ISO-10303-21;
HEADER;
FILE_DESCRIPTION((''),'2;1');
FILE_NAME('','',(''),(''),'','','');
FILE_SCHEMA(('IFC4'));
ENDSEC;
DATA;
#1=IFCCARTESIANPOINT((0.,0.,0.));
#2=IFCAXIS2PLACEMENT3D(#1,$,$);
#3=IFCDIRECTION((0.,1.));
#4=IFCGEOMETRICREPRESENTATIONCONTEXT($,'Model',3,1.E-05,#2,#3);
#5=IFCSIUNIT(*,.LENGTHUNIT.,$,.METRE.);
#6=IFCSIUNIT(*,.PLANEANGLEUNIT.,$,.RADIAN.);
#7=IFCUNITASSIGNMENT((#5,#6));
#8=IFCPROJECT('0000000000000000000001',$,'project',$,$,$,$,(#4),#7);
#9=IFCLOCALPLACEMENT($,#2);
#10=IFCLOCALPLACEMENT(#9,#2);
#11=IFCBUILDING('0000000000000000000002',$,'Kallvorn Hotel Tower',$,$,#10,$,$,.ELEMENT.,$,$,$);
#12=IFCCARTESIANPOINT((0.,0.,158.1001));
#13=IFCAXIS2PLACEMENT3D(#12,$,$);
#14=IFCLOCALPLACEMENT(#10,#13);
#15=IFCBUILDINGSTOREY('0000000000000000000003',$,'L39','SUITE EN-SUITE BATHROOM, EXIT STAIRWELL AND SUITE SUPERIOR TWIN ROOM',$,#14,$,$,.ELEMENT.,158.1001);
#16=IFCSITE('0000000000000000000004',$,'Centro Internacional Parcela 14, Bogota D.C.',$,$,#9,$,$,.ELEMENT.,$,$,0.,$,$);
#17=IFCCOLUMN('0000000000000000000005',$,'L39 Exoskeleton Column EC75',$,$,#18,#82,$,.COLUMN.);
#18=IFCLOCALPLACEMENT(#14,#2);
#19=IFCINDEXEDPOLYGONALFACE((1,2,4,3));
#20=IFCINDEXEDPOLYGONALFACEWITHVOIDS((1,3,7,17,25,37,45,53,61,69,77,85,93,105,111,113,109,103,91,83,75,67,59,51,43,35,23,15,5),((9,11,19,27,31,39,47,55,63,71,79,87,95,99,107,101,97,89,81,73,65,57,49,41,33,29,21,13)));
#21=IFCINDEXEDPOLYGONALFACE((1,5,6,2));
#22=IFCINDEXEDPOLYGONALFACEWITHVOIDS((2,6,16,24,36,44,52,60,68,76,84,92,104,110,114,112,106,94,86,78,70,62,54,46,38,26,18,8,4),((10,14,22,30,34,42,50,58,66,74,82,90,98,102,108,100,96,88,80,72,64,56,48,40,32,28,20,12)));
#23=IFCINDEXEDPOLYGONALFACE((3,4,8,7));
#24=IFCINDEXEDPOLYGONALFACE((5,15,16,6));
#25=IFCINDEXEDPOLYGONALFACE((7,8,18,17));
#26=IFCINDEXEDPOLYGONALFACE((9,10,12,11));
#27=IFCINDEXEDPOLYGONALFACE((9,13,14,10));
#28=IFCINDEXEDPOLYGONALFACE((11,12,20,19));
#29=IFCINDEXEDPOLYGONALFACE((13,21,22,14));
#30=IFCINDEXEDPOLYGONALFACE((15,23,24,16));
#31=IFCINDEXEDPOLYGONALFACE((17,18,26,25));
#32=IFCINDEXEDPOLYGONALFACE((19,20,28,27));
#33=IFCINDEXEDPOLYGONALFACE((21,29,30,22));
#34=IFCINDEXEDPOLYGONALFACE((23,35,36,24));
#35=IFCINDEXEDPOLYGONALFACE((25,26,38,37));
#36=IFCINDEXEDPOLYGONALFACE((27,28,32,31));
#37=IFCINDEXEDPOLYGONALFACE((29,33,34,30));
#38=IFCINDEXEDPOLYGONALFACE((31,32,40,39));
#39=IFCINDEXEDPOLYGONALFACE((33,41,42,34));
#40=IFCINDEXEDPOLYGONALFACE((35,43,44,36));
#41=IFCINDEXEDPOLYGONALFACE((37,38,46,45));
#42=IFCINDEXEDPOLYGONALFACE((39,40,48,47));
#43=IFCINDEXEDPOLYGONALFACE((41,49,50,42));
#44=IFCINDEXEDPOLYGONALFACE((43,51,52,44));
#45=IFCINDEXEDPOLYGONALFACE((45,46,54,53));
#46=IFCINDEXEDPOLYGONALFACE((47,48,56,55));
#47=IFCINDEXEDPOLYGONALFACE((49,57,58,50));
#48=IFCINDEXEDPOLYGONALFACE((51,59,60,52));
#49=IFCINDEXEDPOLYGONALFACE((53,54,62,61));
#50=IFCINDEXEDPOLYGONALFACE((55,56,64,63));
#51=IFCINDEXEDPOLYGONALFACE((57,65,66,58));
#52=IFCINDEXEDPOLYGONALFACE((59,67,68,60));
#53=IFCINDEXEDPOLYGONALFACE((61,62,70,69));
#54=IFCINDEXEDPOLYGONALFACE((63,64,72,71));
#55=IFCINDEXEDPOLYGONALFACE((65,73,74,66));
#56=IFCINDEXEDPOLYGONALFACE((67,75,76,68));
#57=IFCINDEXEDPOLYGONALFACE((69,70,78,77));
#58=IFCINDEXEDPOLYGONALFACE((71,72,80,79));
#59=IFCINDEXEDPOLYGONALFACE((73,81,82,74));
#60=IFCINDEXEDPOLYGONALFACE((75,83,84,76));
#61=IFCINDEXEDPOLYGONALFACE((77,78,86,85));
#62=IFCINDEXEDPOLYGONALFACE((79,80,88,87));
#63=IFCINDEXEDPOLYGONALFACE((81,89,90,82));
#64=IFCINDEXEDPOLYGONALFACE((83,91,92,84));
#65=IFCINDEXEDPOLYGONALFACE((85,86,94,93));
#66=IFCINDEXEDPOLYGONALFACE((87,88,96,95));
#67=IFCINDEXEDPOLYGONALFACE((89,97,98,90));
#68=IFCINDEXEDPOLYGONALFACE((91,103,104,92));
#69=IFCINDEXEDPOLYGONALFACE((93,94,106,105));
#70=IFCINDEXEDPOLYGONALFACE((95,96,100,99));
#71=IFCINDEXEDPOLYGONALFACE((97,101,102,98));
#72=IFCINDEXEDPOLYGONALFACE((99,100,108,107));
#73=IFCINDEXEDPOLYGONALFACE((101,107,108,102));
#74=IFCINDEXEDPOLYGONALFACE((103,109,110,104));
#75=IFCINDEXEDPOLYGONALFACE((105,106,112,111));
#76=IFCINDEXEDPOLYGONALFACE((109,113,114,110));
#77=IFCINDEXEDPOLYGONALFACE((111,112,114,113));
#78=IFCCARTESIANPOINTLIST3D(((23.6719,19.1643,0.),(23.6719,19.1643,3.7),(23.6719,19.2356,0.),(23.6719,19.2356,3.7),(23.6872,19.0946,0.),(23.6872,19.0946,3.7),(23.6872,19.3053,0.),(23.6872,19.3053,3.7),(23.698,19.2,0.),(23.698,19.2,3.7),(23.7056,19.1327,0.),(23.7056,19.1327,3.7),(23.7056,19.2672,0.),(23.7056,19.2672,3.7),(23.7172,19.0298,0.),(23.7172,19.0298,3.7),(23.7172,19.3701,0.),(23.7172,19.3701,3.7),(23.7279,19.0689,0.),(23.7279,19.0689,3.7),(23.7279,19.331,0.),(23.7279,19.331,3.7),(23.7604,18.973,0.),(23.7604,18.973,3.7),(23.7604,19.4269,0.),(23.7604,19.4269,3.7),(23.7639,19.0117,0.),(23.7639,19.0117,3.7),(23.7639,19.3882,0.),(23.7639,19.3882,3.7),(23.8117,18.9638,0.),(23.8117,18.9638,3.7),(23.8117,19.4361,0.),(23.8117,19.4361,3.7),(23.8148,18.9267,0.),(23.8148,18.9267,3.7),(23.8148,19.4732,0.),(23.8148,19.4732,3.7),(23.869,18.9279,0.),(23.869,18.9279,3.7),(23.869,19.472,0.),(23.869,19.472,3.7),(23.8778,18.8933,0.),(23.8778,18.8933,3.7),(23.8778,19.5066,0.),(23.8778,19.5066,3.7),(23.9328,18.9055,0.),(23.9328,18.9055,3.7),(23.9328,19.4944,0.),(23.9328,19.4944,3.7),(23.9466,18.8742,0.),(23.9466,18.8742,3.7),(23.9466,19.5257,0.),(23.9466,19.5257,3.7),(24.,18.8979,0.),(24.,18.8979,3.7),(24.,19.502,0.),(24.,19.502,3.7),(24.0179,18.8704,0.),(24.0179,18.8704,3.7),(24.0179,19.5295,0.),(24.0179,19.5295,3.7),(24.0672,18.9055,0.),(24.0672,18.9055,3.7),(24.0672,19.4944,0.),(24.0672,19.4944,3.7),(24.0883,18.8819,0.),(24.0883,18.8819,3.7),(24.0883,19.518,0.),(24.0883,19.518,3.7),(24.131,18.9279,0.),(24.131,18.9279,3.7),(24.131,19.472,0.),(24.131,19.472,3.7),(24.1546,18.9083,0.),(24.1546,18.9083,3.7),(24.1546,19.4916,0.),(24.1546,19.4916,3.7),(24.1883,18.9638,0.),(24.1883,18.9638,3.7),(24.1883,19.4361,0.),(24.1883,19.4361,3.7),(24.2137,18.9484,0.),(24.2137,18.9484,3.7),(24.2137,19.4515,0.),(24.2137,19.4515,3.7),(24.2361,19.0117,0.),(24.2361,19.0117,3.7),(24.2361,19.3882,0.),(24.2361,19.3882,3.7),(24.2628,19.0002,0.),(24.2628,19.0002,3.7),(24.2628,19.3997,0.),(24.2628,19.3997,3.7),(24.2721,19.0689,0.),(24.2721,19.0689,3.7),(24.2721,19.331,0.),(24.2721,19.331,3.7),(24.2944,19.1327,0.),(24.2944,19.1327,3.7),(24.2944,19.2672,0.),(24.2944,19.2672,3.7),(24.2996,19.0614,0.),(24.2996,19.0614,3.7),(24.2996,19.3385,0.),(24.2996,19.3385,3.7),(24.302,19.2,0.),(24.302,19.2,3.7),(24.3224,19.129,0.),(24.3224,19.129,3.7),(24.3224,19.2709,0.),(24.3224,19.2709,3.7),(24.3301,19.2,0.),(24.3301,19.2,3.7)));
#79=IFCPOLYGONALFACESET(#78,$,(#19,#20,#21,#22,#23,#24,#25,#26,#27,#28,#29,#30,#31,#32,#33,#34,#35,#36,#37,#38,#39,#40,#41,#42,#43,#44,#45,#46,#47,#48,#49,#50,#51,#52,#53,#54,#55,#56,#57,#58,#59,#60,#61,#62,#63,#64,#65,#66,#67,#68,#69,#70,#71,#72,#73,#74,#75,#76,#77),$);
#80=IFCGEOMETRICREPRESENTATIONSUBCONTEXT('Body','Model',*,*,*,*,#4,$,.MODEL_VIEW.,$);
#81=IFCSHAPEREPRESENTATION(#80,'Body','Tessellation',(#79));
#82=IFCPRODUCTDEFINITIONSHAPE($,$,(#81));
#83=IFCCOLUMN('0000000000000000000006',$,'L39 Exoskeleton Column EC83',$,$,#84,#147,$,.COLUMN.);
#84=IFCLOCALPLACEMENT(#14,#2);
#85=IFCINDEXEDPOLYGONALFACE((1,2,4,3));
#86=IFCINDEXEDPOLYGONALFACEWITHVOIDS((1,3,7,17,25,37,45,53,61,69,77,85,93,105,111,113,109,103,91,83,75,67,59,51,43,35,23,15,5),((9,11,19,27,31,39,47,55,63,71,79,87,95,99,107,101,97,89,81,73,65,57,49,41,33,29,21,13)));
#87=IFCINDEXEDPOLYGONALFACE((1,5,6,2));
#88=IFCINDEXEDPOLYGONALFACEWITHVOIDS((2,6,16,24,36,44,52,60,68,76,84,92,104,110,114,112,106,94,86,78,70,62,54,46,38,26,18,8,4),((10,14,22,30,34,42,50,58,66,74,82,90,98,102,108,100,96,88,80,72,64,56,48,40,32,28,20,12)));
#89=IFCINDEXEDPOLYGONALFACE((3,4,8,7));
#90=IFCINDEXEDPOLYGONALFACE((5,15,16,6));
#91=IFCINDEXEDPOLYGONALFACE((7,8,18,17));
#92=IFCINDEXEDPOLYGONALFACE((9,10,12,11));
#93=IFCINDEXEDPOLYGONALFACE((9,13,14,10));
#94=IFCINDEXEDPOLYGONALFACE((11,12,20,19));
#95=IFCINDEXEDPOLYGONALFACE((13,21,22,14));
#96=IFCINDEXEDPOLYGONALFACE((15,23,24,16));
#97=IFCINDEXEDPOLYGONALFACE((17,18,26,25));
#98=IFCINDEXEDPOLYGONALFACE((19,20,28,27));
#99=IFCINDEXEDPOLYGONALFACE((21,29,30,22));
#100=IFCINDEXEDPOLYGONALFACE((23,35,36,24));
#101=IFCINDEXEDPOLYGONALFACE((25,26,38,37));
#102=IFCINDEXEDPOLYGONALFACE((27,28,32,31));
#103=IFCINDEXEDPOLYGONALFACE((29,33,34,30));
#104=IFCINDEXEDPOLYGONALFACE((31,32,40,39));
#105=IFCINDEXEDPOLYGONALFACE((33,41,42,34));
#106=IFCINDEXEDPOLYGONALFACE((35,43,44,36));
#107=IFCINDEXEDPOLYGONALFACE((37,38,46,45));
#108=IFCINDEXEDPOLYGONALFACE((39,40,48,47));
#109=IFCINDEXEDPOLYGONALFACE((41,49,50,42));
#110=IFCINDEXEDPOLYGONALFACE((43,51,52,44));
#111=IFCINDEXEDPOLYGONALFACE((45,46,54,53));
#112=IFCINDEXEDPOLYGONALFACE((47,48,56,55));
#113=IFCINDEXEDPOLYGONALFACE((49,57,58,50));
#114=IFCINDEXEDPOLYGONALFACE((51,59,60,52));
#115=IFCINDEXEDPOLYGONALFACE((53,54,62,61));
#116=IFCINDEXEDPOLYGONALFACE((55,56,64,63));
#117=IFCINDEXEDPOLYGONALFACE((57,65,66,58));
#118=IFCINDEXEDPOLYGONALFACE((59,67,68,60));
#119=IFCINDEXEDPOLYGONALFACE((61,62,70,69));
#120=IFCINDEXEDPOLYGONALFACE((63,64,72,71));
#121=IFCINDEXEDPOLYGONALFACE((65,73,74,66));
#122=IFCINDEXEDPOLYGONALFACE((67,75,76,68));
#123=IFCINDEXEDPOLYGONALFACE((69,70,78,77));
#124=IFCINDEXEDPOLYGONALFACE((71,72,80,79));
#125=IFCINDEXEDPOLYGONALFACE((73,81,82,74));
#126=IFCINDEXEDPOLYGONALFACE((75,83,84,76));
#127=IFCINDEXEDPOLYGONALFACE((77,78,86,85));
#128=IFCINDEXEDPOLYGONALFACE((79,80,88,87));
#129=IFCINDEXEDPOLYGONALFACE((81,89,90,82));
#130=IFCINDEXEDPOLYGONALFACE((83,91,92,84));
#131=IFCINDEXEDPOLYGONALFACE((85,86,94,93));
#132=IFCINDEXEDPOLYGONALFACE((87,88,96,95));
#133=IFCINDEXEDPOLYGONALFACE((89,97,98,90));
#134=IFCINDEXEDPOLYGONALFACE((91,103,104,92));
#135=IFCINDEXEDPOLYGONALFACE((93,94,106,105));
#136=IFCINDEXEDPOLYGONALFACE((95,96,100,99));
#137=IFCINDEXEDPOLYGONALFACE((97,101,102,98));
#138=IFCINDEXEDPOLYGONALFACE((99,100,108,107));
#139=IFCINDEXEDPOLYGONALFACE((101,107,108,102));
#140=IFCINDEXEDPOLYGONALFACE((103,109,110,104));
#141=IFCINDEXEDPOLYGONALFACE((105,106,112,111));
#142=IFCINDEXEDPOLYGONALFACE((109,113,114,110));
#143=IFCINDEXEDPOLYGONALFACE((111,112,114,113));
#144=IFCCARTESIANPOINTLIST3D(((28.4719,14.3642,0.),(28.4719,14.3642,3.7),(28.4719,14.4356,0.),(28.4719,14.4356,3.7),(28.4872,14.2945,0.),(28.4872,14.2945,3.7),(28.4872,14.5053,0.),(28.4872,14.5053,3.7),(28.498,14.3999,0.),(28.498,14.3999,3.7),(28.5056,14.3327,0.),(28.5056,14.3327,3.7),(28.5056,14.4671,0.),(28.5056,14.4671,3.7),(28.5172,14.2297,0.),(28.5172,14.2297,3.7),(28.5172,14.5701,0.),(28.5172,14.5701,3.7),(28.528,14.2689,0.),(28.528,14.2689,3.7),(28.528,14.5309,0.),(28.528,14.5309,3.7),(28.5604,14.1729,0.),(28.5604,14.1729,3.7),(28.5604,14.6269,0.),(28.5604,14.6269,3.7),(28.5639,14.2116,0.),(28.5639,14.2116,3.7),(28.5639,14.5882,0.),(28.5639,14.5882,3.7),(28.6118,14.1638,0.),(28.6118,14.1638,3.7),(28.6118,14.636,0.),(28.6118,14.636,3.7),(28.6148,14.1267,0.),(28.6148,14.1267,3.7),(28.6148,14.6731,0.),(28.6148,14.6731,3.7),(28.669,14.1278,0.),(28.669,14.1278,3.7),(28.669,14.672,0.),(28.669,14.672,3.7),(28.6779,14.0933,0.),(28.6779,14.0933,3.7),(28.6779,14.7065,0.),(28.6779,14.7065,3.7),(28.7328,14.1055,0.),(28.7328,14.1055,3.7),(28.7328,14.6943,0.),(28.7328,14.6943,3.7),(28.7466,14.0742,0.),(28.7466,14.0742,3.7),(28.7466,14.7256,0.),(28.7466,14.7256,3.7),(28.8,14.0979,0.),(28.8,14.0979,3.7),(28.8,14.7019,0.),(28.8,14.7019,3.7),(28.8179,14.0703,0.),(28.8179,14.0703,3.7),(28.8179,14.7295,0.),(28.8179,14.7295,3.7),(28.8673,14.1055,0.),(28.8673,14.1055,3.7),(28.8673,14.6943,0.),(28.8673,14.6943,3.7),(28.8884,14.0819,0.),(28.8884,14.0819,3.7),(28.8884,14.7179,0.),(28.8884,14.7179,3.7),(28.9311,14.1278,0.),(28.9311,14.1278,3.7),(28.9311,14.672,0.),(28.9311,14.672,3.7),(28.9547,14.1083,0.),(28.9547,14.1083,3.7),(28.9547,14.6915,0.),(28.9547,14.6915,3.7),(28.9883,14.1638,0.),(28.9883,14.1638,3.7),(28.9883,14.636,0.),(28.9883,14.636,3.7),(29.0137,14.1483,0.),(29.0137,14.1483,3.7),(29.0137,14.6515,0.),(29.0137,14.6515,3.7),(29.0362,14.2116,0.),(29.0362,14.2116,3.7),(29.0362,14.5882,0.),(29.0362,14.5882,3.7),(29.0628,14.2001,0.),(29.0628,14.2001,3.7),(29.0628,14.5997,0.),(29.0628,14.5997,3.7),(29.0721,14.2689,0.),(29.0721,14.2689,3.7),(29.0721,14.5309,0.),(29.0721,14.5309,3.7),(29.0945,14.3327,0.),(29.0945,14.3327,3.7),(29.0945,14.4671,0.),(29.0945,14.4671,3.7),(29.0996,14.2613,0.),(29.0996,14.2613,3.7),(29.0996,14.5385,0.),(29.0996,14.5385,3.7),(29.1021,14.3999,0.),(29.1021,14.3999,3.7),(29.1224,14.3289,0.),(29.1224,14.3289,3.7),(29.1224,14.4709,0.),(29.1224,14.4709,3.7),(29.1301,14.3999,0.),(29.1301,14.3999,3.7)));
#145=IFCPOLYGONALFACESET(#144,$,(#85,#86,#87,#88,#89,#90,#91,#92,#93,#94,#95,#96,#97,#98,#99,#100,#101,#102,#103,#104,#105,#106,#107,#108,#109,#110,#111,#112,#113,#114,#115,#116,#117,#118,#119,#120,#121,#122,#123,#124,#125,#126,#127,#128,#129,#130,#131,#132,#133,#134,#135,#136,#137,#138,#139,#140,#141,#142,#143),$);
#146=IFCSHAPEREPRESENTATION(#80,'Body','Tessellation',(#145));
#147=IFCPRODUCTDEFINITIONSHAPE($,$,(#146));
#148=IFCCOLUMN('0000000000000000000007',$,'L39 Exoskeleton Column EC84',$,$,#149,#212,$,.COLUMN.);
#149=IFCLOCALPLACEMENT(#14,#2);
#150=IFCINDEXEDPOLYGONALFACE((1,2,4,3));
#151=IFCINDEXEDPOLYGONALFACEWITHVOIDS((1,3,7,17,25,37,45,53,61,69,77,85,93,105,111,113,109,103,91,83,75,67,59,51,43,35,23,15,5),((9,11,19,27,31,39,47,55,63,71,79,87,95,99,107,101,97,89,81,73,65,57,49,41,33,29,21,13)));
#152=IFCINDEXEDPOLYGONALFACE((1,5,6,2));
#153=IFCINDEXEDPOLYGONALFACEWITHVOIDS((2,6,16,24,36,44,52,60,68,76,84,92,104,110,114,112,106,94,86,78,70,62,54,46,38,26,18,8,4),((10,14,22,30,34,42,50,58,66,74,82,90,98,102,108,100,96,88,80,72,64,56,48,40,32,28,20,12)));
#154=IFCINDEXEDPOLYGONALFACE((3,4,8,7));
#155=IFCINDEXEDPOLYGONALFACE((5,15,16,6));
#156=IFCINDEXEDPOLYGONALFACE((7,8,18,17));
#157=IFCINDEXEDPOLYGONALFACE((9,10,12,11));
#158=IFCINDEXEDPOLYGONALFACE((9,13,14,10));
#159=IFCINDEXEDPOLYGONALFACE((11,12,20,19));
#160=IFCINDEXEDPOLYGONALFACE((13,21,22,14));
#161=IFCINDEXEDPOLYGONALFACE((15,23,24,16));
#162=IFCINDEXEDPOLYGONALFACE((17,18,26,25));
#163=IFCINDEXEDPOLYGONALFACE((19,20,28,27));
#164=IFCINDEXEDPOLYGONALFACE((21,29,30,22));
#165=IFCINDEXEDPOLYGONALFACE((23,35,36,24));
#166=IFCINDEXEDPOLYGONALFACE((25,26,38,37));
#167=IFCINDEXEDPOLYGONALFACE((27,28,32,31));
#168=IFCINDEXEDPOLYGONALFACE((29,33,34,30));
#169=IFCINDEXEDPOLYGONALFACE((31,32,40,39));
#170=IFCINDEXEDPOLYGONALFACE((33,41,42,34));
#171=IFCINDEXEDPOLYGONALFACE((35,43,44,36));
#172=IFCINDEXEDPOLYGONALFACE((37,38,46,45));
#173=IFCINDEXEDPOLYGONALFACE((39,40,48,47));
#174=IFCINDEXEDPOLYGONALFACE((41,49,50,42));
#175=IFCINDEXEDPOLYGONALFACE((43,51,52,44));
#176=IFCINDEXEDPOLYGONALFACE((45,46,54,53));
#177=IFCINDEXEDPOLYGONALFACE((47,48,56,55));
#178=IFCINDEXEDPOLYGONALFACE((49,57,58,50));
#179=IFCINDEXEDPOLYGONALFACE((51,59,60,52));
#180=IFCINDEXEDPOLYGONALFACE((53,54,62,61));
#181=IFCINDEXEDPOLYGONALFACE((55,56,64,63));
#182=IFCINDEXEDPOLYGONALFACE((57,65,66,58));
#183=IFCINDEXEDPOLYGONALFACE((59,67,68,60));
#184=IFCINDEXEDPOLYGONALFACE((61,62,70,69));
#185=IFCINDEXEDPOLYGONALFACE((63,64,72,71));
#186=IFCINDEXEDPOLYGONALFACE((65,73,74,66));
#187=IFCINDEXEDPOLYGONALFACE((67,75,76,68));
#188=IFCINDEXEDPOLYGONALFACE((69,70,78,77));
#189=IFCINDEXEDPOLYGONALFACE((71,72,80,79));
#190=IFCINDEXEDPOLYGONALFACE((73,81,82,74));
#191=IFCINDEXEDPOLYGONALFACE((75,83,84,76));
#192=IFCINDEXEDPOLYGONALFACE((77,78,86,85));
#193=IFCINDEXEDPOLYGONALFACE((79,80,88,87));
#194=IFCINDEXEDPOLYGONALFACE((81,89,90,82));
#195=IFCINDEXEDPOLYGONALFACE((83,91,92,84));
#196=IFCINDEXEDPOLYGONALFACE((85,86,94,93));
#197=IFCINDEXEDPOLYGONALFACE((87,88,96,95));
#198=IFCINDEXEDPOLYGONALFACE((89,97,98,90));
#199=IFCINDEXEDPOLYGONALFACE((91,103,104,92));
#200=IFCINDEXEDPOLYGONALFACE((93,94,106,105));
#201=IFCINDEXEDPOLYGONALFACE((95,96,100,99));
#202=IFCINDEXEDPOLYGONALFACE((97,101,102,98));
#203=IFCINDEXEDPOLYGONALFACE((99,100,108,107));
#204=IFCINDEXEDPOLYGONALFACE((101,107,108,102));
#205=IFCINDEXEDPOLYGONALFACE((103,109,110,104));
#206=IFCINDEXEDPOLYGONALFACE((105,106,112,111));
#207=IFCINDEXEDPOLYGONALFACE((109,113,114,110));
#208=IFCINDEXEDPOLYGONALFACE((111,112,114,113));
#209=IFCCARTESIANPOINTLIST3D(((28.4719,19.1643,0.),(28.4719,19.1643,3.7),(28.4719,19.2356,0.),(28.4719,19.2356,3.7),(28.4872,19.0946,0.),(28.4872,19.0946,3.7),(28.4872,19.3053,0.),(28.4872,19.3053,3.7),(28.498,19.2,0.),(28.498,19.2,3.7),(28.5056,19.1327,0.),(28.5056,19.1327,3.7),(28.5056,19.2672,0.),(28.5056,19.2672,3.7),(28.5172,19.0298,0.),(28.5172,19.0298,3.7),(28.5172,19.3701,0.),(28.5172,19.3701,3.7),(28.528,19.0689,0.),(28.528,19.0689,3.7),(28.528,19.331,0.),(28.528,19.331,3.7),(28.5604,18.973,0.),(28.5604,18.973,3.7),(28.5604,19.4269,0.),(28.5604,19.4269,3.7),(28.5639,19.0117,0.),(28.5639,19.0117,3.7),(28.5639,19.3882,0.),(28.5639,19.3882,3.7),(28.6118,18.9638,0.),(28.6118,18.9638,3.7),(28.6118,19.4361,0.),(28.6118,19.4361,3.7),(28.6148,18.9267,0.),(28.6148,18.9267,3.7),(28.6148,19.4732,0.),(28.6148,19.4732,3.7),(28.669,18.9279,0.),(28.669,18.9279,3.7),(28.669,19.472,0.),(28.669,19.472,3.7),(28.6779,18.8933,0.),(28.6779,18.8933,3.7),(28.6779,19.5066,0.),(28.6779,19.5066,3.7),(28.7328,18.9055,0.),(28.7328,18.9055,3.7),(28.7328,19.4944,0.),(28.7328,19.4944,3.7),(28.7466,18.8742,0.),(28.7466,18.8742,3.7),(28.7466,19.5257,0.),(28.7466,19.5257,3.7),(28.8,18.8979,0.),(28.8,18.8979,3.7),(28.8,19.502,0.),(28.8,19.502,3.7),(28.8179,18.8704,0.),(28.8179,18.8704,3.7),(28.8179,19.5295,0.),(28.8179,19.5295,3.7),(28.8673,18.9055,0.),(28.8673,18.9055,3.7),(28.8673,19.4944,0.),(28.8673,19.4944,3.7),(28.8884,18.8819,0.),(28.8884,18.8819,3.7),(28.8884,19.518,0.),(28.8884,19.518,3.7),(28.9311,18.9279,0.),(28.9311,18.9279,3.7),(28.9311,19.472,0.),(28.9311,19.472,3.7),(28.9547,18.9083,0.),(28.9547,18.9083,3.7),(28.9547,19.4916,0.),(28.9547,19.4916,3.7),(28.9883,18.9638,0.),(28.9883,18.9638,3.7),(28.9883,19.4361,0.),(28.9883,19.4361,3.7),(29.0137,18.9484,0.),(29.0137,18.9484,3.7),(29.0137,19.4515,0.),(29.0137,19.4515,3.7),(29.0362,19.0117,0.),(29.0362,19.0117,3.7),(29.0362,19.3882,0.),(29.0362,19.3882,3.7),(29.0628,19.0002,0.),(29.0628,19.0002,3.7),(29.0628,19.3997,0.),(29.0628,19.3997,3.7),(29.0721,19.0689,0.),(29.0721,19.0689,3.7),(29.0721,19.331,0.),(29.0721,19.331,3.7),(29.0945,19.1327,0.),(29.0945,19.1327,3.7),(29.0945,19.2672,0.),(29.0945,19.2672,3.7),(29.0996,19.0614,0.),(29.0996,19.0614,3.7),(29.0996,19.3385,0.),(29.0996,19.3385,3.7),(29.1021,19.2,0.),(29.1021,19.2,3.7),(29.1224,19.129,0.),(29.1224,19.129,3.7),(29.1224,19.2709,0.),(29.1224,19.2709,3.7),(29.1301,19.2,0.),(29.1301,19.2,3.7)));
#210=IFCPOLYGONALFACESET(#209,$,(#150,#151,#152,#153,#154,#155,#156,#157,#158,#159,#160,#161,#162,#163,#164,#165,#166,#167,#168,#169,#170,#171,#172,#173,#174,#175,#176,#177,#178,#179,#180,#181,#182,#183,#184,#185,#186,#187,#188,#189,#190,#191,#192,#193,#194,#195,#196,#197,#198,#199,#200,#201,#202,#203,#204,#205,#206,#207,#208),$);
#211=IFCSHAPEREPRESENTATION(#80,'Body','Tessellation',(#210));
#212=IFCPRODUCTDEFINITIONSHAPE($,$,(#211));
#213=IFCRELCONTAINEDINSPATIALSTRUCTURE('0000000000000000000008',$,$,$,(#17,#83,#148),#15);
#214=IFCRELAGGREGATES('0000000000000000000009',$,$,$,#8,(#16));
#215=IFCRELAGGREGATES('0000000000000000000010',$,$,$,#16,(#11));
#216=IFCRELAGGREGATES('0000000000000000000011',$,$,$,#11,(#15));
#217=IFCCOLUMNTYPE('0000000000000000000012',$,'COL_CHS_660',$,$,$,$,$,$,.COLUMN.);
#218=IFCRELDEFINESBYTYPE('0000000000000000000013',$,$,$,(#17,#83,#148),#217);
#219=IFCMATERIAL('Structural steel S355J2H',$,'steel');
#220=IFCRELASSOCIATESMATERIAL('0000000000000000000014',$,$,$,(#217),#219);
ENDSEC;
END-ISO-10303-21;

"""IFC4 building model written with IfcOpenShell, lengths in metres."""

from ifc_helpers import new_model, si_unit, direction, frame, origin, origin_2d, place, context, subcontext, project, spatial, hollow_circle, extrude, material, material_profile, profile_set, type_object, element, save


model = new_model("IFC4")

# Units and contexts
model_context = context("Model", 3, precision=1e-05, world=origin(), true_north=direction((0.0, 1.0)))
body_context = subcontext(model_context, "Body", "Model", "MODEL_VIEW")
ifc_project = project(units=[si_unit("LENGTHUNIT", "METRE"), si_unit("PLANEANGLEUNIT", "RADIAN")], contexts=[model_context])

# Site, building, storey
site_placement = place(None, origin())
site = spatial("IfcSite", under=ifc_project, at=site_placement, Name="Centro Internacional Parcela 14, Bogota D.C.", CompositionType="ELEMENT", RefElevation=0.0)
building_placement = place(site_placement, origin())
building = spatial("IfcBuilding", under=site, at=building_placement, Name="Kallvorn Hotel Tower", CompositionType="ELEMENT")
storey_placement = place(building_placement, frame((0.0, 0.0, 158.1001)))
storey = spatial("IfcBuildingStorey", under=building, at=storey_placement, Name="L39", Description="SUITE EN-SUITE BATHROOM, EXIT STAIRWELL AND SUITE SUPERIOR TWIN ROOM", CompositionType="ELEMENT", Elevation=158.1001)

# Columns
ifc_material_1 = material(Name="Structural steel S355J2H", Category="steel")
ifc_material_profile_1 = material_profile(ifc_material_1, hollow_circle(Radius=0.3301, WallThickness=0.0281, at=origin_2d()), Name="CHS 660x28")
ifc_profile_set_1 = profile_set([ifc_material_profile_1], Name="Structural steel S355J2H")
column_type_1 = type_object("IfcColumnType", Name="COL_CHS_660", PredefinedType="COLUMN", material=ifc_profile_set_1)
for number, where, z_axis, x_axis, name in (
    (1, (24.0, 19.2, 0.0), (0.0, 0.0, 1.0), (1.0, 0.0, 0.0), "L39 Exoskeleton Column EC75"),
    (2, (28.8, 14.3999, 0.0), (0.0, 0.0, 1.0), (1.0, 0.0, 0.0), "L39 Exoskeleton Column EC83"),
    (3, (28.8, 19.2, 0.0), (0.0, 0.0, 1.0), (1.0, 0.0, 0.0), "L39 Exoskeleton Column EC84"),
):
    element("IfcColumn", number, at=place(storey_placement, frame(where, z_axis=z_axis, x_axis=x_axis)), inside=storey, type_object=column_type_1, Name=name, PredefinedType="COLUMN", context=body_context, shape_type="SweptSolid", body=[
        extrude(hollow_circle(Radius=0.3301, WallThickness=0.0281, at=origin_2d()), origin(), (0.0, 0.0, 1.0), 3.7),
    ])

save(model, "model.ifc")
